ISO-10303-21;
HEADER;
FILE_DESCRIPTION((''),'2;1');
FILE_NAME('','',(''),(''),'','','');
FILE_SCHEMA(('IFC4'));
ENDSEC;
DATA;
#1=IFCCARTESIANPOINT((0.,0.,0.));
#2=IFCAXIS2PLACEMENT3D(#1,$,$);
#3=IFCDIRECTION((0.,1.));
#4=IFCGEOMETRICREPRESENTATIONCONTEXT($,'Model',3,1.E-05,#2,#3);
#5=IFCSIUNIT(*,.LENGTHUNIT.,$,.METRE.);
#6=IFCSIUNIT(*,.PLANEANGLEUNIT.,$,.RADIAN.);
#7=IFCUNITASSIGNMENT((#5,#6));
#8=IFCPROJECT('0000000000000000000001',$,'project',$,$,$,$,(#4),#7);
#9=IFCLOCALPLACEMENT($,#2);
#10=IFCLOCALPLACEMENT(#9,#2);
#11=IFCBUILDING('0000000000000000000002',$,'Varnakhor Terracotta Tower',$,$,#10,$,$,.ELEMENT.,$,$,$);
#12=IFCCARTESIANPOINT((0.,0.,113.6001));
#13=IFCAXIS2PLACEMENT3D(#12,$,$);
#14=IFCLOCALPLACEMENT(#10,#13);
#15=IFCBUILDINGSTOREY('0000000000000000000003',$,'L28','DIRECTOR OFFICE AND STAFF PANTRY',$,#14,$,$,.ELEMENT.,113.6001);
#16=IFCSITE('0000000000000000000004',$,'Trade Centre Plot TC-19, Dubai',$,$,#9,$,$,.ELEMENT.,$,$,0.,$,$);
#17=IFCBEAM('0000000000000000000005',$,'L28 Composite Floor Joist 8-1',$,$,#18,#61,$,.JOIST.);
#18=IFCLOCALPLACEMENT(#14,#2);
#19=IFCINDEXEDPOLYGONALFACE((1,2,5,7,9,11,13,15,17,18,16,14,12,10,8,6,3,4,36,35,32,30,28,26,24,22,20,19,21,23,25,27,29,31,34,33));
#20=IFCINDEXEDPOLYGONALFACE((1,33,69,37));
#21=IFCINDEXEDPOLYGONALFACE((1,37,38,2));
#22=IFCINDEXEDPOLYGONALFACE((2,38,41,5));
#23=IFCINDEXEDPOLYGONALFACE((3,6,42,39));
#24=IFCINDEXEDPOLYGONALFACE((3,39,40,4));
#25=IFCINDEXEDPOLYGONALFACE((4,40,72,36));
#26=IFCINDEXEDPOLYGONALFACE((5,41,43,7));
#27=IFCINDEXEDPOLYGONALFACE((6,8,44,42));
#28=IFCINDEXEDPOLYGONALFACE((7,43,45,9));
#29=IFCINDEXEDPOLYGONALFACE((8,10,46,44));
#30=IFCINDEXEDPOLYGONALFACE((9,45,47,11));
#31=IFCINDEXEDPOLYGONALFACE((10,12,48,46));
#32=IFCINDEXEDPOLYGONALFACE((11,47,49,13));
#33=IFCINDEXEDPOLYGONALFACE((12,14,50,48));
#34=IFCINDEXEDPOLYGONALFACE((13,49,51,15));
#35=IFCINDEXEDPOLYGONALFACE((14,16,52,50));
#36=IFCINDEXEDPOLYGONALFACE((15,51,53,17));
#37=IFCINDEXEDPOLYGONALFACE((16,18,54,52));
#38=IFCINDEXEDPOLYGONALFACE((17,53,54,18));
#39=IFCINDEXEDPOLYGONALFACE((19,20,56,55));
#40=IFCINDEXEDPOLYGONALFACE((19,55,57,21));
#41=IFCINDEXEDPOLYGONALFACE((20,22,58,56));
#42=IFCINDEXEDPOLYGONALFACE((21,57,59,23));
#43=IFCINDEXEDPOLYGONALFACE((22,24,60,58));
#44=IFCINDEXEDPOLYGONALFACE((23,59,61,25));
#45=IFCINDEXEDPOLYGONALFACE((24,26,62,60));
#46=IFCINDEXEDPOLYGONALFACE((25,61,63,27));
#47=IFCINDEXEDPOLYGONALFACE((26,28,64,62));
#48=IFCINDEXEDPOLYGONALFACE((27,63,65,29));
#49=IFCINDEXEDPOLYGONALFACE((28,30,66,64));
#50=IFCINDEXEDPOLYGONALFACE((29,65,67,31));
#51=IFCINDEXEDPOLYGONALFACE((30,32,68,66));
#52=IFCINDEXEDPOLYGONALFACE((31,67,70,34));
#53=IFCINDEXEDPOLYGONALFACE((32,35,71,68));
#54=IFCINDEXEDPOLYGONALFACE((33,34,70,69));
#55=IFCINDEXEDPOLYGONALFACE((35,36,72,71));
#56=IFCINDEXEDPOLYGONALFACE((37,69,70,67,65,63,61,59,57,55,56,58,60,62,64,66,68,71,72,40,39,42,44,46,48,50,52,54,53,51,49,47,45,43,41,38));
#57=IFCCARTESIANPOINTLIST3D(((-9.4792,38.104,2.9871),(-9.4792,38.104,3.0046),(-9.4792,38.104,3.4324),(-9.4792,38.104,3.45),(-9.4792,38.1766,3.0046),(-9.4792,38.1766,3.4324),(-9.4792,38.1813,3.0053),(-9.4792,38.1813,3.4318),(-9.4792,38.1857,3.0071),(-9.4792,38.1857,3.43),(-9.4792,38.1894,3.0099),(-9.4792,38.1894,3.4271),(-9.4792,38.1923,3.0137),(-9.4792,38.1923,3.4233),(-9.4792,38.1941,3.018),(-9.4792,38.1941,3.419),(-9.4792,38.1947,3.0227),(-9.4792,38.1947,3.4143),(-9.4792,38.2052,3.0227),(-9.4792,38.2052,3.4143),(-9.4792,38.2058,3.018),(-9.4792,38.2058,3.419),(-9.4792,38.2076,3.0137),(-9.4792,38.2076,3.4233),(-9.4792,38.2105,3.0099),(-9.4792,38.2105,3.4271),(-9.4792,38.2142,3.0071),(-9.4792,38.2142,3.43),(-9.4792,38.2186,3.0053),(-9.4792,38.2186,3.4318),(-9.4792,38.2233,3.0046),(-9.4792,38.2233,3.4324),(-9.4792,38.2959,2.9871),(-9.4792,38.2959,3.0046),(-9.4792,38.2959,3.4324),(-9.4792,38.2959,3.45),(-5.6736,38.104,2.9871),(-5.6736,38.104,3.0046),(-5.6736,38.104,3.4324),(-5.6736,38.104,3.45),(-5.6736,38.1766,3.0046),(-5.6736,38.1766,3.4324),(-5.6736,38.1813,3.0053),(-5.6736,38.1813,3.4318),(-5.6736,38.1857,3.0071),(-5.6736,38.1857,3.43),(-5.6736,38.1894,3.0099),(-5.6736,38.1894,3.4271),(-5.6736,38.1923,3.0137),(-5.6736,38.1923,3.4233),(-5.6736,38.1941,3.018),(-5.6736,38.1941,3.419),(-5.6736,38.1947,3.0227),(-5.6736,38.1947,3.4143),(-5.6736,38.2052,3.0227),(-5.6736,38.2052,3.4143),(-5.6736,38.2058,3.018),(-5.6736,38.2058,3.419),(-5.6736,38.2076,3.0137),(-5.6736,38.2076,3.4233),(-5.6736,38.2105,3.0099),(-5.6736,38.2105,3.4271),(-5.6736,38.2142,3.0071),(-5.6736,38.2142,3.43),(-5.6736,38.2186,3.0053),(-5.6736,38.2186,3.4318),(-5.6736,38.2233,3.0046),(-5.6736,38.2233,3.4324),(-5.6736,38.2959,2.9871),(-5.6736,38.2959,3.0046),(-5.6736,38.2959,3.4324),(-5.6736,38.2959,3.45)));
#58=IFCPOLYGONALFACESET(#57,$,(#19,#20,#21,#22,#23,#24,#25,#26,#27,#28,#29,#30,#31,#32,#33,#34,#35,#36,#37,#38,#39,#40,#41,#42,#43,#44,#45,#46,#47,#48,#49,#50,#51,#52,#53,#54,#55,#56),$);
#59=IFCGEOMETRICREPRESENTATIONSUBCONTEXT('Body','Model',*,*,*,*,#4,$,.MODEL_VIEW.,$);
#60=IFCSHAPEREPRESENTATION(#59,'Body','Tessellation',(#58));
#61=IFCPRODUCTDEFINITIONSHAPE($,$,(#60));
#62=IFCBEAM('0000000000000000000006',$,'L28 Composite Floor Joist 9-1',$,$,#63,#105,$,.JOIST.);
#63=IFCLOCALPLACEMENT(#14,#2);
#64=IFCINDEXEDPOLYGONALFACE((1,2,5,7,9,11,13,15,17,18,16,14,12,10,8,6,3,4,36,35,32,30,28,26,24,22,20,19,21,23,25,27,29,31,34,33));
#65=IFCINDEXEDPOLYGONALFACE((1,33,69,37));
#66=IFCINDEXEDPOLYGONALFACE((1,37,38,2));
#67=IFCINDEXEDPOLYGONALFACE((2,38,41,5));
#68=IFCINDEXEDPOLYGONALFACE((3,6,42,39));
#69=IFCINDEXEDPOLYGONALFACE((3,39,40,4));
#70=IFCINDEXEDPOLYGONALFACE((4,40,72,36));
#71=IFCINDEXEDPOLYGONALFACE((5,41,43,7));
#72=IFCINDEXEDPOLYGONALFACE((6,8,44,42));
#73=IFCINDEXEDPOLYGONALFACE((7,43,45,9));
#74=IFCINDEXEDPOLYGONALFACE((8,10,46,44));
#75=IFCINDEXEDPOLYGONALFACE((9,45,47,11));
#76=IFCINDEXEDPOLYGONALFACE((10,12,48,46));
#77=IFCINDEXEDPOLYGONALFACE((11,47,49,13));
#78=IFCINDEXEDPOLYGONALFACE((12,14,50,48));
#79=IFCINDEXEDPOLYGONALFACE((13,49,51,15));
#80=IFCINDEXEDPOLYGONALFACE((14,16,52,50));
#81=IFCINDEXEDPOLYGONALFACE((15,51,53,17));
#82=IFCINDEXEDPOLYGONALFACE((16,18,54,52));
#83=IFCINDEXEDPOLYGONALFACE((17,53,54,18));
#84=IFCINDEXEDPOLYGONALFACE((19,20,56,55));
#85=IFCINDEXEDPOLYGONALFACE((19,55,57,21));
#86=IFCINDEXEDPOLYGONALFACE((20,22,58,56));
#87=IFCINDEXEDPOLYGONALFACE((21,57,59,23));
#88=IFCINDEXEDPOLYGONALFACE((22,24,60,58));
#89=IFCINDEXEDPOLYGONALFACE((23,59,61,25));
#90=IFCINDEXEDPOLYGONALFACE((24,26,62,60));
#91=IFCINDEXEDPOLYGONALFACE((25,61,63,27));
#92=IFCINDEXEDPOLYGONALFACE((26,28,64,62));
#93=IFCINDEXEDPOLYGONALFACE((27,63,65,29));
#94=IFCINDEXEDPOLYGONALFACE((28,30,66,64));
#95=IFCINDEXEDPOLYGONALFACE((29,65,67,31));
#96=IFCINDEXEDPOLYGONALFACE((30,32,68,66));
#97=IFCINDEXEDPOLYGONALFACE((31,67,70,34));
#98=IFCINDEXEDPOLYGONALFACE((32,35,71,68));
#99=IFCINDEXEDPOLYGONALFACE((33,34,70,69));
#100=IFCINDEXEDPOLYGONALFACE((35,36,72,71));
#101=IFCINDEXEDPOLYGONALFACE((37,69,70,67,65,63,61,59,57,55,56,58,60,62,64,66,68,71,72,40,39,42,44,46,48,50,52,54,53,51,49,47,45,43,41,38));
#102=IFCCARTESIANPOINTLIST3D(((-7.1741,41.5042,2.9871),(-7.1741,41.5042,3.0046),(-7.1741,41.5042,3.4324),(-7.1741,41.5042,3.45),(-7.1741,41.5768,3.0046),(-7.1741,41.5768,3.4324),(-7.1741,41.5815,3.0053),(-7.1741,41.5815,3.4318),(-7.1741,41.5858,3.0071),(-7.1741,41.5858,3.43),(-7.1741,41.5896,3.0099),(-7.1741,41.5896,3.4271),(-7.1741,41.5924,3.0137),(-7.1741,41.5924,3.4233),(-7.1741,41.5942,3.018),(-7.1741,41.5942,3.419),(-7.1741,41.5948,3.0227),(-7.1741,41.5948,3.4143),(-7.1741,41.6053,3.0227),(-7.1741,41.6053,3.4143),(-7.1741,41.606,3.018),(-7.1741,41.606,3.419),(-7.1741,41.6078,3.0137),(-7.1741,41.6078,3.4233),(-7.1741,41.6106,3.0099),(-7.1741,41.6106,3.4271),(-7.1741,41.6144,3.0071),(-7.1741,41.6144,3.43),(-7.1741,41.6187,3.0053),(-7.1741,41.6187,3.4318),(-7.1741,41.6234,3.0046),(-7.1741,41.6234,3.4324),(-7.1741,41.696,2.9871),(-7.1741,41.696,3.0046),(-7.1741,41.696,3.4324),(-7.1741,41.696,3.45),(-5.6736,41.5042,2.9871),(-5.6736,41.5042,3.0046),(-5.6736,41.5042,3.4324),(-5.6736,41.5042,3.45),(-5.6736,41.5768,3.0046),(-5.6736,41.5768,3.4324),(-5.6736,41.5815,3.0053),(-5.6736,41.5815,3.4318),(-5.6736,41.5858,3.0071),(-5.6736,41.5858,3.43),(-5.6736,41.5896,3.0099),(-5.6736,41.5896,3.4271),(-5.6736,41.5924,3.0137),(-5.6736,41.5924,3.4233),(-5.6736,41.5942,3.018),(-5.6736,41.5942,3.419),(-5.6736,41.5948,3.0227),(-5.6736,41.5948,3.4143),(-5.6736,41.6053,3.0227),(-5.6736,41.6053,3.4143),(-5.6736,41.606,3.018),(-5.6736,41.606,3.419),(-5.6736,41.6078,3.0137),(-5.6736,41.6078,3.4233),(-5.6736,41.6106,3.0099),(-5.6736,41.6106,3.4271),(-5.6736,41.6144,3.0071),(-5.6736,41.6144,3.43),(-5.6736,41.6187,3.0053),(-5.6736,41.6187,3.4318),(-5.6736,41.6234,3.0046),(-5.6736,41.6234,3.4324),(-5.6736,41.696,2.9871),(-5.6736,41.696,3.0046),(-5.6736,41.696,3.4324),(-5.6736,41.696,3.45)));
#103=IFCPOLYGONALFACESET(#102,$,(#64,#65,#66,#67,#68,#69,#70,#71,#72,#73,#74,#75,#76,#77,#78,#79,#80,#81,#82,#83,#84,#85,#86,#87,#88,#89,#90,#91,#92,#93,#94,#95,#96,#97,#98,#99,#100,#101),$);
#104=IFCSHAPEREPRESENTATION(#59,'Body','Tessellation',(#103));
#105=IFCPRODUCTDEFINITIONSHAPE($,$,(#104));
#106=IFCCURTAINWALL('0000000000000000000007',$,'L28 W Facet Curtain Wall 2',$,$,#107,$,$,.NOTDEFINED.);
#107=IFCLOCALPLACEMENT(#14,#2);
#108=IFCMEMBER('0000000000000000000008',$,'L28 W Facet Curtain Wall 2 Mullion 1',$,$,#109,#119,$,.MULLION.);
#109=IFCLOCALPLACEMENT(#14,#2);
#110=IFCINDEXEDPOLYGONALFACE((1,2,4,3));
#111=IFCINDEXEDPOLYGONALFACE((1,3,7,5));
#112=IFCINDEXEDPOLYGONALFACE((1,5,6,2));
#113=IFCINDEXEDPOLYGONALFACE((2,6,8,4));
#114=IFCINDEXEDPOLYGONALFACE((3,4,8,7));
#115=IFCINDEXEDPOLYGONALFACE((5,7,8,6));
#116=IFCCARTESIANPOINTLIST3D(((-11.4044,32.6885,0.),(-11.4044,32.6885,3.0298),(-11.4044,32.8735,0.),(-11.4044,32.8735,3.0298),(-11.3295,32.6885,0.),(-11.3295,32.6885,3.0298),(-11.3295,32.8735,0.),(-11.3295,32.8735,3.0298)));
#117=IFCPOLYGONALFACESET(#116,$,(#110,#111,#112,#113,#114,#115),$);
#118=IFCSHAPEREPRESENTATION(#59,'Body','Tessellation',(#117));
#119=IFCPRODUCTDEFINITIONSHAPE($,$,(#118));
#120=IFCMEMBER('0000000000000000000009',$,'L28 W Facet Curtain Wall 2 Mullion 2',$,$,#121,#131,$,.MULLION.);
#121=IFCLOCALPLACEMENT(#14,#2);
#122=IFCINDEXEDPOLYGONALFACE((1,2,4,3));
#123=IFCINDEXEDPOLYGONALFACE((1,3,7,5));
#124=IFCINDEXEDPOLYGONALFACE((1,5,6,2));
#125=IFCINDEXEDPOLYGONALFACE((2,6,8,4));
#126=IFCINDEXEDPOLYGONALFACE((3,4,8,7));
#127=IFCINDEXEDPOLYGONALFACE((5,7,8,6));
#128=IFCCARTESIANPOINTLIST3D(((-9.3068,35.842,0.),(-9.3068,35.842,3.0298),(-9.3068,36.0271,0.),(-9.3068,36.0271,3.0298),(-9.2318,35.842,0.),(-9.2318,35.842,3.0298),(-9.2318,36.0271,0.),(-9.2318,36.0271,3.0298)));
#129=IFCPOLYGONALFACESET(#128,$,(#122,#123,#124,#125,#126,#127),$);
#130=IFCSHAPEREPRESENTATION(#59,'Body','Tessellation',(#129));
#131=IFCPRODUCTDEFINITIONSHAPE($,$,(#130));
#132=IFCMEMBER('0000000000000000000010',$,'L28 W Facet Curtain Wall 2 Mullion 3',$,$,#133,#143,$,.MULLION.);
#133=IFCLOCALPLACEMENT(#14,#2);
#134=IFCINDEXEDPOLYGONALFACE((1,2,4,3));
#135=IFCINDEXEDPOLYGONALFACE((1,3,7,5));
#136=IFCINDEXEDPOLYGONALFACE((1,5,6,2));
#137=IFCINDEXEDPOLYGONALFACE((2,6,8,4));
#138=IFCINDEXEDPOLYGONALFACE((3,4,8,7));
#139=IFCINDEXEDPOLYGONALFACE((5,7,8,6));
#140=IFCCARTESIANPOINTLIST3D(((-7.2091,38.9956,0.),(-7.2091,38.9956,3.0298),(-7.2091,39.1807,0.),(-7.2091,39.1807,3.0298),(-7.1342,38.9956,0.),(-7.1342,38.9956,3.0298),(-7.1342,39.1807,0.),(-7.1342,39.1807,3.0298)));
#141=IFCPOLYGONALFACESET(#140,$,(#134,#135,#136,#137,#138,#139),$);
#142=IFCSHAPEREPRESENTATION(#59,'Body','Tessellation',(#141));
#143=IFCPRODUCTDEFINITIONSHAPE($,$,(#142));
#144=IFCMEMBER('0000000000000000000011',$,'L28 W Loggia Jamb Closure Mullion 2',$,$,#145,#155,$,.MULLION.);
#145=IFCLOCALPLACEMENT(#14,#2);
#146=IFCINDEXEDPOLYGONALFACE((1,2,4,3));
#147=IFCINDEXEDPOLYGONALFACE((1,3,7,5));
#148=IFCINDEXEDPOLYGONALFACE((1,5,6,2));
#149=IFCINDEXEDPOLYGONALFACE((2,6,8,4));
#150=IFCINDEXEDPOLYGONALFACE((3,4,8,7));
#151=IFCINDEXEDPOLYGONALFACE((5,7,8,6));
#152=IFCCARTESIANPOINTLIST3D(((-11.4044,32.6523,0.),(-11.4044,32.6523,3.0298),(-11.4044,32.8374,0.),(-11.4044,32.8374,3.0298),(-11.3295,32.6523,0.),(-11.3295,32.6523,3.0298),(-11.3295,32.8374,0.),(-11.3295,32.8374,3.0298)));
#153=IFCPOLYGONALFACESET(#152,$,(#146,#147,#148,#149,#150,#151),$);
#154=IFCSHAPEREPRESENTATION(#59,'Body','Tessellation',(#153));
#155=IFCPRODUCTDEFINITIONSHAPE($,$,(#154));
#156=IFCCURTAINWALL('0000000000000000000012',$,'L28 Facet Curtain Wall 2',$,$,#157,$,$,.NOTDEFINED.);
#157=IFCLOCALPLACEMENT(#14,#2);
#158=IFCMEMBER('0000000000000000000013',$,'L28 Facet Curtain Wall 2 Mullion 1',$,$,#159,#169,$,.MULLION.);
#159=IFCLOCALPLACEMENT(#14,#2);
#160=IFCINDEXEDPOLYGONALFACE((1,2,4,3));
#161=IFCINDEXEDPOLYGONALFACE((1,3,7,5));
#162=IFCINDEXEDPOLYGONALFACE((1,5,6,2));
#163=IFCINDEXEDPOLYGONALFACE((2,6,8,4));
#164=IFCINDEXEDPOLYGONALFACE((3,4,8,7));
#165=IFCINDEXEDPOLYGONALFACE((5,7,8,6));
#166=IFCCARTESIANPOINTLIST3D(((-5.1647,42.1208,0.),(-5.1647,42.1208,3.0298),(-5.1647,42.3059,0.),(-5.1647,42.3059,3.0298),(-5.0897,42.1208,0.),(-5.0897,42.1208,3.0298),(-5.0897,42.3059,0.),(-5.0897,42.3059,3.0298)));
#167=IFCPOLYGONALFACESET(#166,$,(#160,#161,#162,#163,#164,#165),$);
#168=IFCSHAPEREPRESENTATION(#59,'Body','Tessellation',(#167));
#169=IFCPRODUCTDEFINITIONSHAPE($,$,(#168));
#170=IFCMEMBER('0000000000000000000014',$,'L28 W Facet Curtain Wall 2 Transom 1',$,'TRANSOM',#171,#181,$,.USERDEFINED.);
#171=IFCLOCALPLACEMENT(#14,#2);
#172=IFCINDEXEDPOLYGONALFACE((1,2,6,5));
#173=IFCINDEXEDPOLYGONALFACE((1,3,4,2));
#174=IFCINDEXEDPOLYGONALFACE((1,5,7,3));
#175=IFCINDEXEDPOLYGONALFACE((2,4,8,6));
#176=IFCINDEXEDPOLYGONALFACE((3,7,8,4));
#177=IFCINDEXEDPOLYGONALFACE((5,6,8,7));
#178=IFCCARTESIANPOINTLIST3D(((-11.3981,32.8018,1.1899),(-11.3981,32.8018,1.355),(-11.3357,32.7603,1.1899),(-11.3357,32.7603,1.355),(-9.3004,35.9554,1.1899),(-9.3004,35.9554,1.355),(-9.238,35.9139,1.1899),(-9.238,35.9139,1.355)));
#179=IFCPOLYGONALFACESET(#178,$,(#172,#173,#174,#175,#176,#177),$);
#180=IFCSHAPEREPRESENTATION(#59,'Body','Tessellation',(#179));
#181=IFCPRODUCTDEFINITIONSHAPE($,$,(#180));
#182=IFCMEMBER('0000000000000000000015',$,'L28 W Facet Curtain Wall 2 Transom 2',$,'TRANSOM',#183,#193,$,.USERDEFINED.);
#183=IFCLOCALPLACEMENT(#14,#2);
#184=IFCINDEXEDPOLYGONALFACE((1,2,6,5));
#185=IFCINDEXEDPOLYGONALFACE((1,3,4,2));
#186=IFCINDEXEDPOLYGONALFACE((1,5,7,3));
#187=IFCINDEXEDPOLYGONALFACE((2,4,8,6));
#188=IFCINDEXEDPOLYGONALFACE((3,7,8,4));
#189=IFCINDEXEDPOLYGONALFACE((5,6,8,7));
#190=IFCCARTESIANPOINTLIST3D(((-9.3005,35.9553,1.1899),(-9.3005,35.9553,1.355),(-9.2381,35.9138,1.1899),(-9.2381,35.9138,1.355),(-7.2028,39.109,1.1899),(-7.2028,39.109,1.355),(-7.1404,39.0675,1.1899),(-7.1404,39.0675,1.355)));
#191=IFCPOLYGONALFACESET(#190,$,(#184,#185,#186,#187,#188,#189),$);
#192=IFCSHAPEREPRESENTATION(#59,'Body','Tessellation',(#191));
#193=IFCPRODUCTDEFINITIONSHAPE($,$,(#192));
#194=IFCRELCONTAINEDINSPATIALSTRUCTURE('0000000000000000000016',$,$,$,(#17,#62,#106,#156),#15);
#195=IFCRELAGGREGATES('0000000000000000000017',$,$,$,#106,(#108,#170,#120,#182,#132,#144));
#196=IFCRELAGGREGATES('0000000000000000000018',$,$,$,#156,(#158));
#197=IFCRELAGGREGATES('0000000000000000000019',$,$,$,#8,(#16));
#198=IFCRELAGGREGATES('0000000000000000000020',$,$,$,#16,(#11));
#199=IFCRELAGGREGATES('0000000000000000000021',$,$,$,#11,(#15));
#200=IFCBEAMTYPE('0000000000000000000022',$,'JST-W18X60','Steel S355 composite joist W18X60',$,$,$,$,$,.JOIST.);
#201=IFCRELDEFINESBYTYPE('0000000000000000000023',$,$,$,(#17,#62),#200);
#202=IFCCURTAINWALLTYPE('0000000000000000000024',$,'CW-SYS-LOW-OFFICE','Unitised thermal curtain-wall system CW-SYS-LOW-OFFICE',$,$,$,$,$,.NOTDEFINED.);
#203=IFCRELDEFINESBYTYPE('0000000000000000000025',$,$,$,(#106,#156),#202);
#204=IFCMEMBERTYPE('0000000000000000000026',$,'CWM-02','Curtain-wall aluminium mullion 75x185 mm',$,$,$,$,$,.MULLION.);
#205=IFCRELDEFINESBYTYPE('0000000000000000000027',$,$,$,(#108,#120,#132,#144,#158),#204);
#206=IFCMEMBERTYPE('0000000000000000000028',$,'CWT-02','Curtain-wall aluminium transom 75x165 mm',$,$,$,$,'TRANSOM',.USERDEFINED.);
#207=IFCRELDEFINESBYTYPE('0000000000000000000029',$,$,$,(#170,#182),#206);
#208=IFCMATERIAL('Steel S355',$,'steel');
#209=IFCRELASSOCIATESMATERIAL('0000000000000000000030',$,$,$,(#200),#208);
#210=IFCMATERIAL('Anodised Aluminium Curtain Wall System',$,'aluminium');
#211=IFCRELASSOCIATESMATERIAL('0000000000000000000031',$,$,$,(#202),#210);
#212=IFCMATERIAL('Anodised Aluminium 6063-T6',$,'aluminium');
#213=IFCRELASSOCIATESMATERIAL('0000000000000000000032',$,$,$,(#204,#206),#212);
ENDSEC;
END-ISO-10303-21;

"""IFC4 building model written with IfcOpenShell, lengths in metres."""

from ifc_helpers import new_model, si_unit, direction, frame, origin, origin_2d, place, context, subcontext, project, spatial, rectangle, i_section, extrude, source, transform, mapped, material, material_profile, profile_set, type_object, element, aggregate, save


model = new_model("IFC4")

# Units and contexts
model_context = context("Model", 3, precision=1e-05, world=origin(), true_north=direction((0.0, 1.0)))
body_context = subcontext(model_context, "Body", "Model", "MODEL_VIEW")
ifc_project = project(units=[si_unit("LENGTHUNIT", "METRE"), si_unit("PLANEANGLEUNIT", "RADIAN")], contexts=[model_context])

# Site, building, storey
site_placement = place(None, origin())
site = spatial("IfcSite", under=ifc_project, at=site_placement, Name="Trade Centre Plot TC-19, Dubai", CompositionType="ELEMENT", RefElevation=0.0)
building_placement = place(site_placement, origin())
building = spatial("IfcBuilding", under=site, at=building_placement, Name="Varnakhor Terracotta Tower", CompositionType="ELEMENT")
storey_placement = place(building_placement, frame((0.0, 0.0, 113.6001)))
storey = spatial("IfcBuildingStorey", under=building, at=storey_placement, Name="L28", Description="DIRECTOR OFFICE AND STAFF PANTRY", CompositionType="ELEMENT", Elevation=113.6001)

# Beams
ifc_material_1 = material(Name="Steel S355", Category="steel")
ifc_material_profile_1 = material_profile(ifc_material_1, i_section(OverallWidth=0.1919, OverallDepth=0.4629, WebThickness=0.0105, FlangeThickness=0.0176, FilletRadius=0.0181, at=origin_2d()), Name="W18X60")
ifc_profile_set_1 = profile_set([ifc_material_profile_1], Name="Steel S355")
beam_type_1 = type_object("IfcBeamType", Name="JST-W18X60", Description="Steel S355 composite joist W18X60", PredefinedType="JOIST", material=ifc_profile_set_1)
shared_shape_1 = source(origin(), body_context, "Body", "SweptSolid", [
    extrude(i_section(OverallWidth=0.1919, OverallDepth=0.4629, WebThickness=0.0105, FlangeThickness=0.0176, FilletRadius=0.0181, at=origin_2d()), origin(), (0.0, 0.0, 1.0), 3.8057),
])
beam_1_placement = place(storey_placement, frame((-9.4792, 38.2, 3.2185), z_axis=(1.0, 0.0, 0.0), x_axis=(0.0, 1.0, 0.0)))
element("IfcBeam", 1, at=beam_1_placement, inside=storey, type_object=beam_type_1, Name="L28 Composite Floor Joist 8-1", PredefinedType="JOIST", context=body_context, shape_type="MappedRepresentation", body=[
    mapped(shared_shape_1, transform((0.0, 0.0, 0.0), scale=1.0)),
])
shared_shape_2 = source(origin(), body_context, "Body", "SweptSolid", [
    extrude(i_section(OverallWidth=0.1919, OverallDepth=0.4629, WebThickness=0.0105, FlangeThickness=0.0176, FilletRadius=0.0181, at=origin_2d()), origin(), (0.0, 0.0, 1.0), 1.5005),
])
beam_2_placement = place(storey_placement, frame((-7.1741, 41.6001, 3.2185), z_axis=(1.0, 0.0, 0.0), x_axis=(0.0, 1.0, 0.0)))
element("IfcBeam", 2, at=beam_2_placement, inside=storey, type_object=beam_type_1, Name="L28 Composite Floor Joist 9-1", PredefinedType="JOIST", context=body_context, shape_type="MappedRepresentation", body=[
    mapped(shared_shape_2, transform((0.0, 0.0, 0.0), scale=1.0)),
])

# Curtain wall, members
ifc_material_2 = material(Name="Anodised Aluminium Curtain Wall System", Category="aluminium")
curtain_wall_type = type_object("IfcCurtainWallType", Name="CW-SYS-LOW-OFFICE", Description="Unitised thermal curtain-wall system CW-SYS-LOW-OFFICE", PredefinedType="NOTDEFINED", material=ifc_material_2)
curtain_wall_1_placement = place(storey_placement, origin())
curtain_wall_1 = element("IfcCurtainWall", 3, at=curtain_wall_1_placement, inside=storey, type_object=curtain_wall_type, Name="L28 W Facet Curtain Wall 2", PredefinedType="NOTDEFINED")
ifc_material_3 = material(Name="Anodised Aluminium 6063-T6", Category="aluminium")
ifc_material_profile_2 = material_profile(ifc_material_3, rectangle(XDim=0.075, YDim=0.1851, at=origin_2d()), Name="ALU MULLION 75x185")
ifc_profile_set_2 = profile_set([ifc_material_profile_2], Name="Anodised Aluminium 6063-T6")
member_type_1 = type_object("IfcMemberType", Name="CWM-02", Description="Curtain-wall aluminium mullion 75x185 mm", PredefinedType="MULLION", material=ifc_profile_set_2)
shared_shape_3 = source(origin(), body_context, "Body", "SweptSolid", [
    extrude(rectangle(XDim=0.075, YDim=0.1851, at=origin_2d()), origin(), (0.0, 0.0, 1.0), 3.0298),
])
member_1_placement = place(storey_placement, frame((-11.3669, 32.781, 0.0), z_axis=(0.0, 0.0, 1.0), x_axis=(1.0, 0.0, 0.0)))
member_1 = element("IfcMember", 4, at=member_1_placement, type_object=member_type_1, Name="L28 W Facet Curtain Wall 2 Mullion 1", PredefinedType="MULLION", context=body_context, shape_type="MappedRepresentation", body=[
    mapped(shared_shape_3, transform((0.0, 0.0, 0.0), scale=1.0)),
])
member_2_placement = place(storey_placement, frame((-9.2693, 35.9346, 0.0), z_axis=(0.0, 0.0, 1.0), x_axis=(1.0, 0.0, 0.0)))
member_2 = element("IfcMember", 5, at=member_2_placement, type_object=member_type_1, Name="L28 W Facet Curtain Wall 2 Mullion 2", PredefinedType="MULLION", context=body_context, shape_type="MappedRepresentation", body=[
    mapped(shared_shape_3, transform((0.0, 0.0, 0.0), scale=1.0)),
])
member_3_placement = place(storey_placement, frame((-7.1716, 39.0881, 0.0), z_axis=(0.0, 0.0, 1.0), x_axis=(1.0, 0.0, 0.0)))
member_3 = element("IfcMember", 6, at=member_3_placement, type_object=member_type_1, Name="L28 W Facet Curtain Wall 2 Mullion 3", PredefinedType="MULLION", context=body_context, shape_type="MappedRepresentation", body=[
    mapped(shared_shape_3, transform((0.0, 0.0, 0.0), scale=1.0)),
])
member_4_placement = place(storey_placement, frame((-11.3669, 32.7449, 0.0), z_axis=(0.0, 0.0, 1.0), x_axis=(1.0, 0.0, 0.0)))
member_4 = element("IfcMember", 7, at=member_4_placement, type_object=member_type_1, Name="L28 W Loggia Jamb Closure Mullion 2", PredefinedType="MULLION", context=body_context, shape_type="MappedRepresentation", body=[
    mapped(shared_shape_3, transform((0.0, 0.0, 0.0), scale=1.0)),
])

# Curtain wall, member
curtain_wall_2_placement = place(storey_placement, origin())
curtain_wall_2 = element("IfcCurtainWall", 8, at=curtain_wall_2_placement, inside=storey, type_object=curtain_wall_type, Name="L28 Facet Curtain Wall 2", PredefinedType="NOTDEFINED")
member_5_placement = place(storey_placement, frame((-5.1272, 42.2134, 0.0), z_axis=(0.0, 0.0, 1.0), x_axis=(1.0, 0.0, 0.0)))
member_5 = element("IfcMember", 9, at=member_5_placement, type_object=member_type_1, Name="L28 Facet Curtain Wall 2 Mullion 1", PredefinedType="MULLION", context=body_context, shape_type="MappedRepresentation", body=[
    mapped(shared_shape_3, transform((0.0, 0.0, 0.0), scale=1.0)),
])

# Members
ifc_material_profile_3 = material_profile(ifc_material_3, rectangle(XDim=0.075, YDim=0.165, at=origin_2d()), Name="ALU TRANSOM 75x165")
ifc_profile_set_3 = profile_set([ifc_material_profile_3], Name="Anodised Aluminium 6063-T6")
member_type_2 = type_object("IfcMemberType", Name="CWT-02", Description="Curtain-wall aluminium transom 75x165 mm", ElementType="TRANSOM", PredefinedType="USERDEFINED", material=ifc_profile_set_3)
shared_shape_4 = source(origin(), body_context, "Body", "SweptSolid", [
    extrude(rectangle(XDim=0.075, YDim=0.165, at=origin_2d()), origin(), (0.0, 0.0, 1.0), 3.7876),
])
member_6_placement = place(storey_placement, frame((-11.3669, 32.781, 1.2725), z_axis=(0.553837, 0.832625, 0.0), x_axis=(-0.832625, 0.553837, 0.0)))
member_6 = element("IfcMember", 10, at=member_6_placement, type_object=member_type_2, Name="L28 W Facet Curtain Wall 2 Transom 1", ObjectType="TRANSOM", PredefinedType="USERDEFINED", context=body_context, shape_type="MappedRepresentation", body=[
    mapped(shared_shape_4, transform((0.0, 0.0, 0.0), scale=1.0)),
])
member_7_placement = place(storey_placement, frame((-9.2693, 35.9346, 1.2725), z_axis=(0.553837, 0.832625, 0.0), x_axis=(-0.832625, 0.553837, 0.0)))
member_7 = element("IfcMember", 11, at=member_7_placement, type_object=member_type_2, Name="L28 W Facet Curtain Wall 2 Transom 2", ObjectType="TRANSOM", PredefinedType="USERDEFINED", context=body_context, shape_type="MappedRepresentation", body=[
    mapped(shared_shape_4, transform((0.0, 0.0, 0.0), scale=1.0)),
])

aggregate(curtain_wall_1, [member_1, member_6, member_2, member_7, member_3, member_4])
aggregate(curtain_wall_2, [member_5])

save(model, "model.ifc")
